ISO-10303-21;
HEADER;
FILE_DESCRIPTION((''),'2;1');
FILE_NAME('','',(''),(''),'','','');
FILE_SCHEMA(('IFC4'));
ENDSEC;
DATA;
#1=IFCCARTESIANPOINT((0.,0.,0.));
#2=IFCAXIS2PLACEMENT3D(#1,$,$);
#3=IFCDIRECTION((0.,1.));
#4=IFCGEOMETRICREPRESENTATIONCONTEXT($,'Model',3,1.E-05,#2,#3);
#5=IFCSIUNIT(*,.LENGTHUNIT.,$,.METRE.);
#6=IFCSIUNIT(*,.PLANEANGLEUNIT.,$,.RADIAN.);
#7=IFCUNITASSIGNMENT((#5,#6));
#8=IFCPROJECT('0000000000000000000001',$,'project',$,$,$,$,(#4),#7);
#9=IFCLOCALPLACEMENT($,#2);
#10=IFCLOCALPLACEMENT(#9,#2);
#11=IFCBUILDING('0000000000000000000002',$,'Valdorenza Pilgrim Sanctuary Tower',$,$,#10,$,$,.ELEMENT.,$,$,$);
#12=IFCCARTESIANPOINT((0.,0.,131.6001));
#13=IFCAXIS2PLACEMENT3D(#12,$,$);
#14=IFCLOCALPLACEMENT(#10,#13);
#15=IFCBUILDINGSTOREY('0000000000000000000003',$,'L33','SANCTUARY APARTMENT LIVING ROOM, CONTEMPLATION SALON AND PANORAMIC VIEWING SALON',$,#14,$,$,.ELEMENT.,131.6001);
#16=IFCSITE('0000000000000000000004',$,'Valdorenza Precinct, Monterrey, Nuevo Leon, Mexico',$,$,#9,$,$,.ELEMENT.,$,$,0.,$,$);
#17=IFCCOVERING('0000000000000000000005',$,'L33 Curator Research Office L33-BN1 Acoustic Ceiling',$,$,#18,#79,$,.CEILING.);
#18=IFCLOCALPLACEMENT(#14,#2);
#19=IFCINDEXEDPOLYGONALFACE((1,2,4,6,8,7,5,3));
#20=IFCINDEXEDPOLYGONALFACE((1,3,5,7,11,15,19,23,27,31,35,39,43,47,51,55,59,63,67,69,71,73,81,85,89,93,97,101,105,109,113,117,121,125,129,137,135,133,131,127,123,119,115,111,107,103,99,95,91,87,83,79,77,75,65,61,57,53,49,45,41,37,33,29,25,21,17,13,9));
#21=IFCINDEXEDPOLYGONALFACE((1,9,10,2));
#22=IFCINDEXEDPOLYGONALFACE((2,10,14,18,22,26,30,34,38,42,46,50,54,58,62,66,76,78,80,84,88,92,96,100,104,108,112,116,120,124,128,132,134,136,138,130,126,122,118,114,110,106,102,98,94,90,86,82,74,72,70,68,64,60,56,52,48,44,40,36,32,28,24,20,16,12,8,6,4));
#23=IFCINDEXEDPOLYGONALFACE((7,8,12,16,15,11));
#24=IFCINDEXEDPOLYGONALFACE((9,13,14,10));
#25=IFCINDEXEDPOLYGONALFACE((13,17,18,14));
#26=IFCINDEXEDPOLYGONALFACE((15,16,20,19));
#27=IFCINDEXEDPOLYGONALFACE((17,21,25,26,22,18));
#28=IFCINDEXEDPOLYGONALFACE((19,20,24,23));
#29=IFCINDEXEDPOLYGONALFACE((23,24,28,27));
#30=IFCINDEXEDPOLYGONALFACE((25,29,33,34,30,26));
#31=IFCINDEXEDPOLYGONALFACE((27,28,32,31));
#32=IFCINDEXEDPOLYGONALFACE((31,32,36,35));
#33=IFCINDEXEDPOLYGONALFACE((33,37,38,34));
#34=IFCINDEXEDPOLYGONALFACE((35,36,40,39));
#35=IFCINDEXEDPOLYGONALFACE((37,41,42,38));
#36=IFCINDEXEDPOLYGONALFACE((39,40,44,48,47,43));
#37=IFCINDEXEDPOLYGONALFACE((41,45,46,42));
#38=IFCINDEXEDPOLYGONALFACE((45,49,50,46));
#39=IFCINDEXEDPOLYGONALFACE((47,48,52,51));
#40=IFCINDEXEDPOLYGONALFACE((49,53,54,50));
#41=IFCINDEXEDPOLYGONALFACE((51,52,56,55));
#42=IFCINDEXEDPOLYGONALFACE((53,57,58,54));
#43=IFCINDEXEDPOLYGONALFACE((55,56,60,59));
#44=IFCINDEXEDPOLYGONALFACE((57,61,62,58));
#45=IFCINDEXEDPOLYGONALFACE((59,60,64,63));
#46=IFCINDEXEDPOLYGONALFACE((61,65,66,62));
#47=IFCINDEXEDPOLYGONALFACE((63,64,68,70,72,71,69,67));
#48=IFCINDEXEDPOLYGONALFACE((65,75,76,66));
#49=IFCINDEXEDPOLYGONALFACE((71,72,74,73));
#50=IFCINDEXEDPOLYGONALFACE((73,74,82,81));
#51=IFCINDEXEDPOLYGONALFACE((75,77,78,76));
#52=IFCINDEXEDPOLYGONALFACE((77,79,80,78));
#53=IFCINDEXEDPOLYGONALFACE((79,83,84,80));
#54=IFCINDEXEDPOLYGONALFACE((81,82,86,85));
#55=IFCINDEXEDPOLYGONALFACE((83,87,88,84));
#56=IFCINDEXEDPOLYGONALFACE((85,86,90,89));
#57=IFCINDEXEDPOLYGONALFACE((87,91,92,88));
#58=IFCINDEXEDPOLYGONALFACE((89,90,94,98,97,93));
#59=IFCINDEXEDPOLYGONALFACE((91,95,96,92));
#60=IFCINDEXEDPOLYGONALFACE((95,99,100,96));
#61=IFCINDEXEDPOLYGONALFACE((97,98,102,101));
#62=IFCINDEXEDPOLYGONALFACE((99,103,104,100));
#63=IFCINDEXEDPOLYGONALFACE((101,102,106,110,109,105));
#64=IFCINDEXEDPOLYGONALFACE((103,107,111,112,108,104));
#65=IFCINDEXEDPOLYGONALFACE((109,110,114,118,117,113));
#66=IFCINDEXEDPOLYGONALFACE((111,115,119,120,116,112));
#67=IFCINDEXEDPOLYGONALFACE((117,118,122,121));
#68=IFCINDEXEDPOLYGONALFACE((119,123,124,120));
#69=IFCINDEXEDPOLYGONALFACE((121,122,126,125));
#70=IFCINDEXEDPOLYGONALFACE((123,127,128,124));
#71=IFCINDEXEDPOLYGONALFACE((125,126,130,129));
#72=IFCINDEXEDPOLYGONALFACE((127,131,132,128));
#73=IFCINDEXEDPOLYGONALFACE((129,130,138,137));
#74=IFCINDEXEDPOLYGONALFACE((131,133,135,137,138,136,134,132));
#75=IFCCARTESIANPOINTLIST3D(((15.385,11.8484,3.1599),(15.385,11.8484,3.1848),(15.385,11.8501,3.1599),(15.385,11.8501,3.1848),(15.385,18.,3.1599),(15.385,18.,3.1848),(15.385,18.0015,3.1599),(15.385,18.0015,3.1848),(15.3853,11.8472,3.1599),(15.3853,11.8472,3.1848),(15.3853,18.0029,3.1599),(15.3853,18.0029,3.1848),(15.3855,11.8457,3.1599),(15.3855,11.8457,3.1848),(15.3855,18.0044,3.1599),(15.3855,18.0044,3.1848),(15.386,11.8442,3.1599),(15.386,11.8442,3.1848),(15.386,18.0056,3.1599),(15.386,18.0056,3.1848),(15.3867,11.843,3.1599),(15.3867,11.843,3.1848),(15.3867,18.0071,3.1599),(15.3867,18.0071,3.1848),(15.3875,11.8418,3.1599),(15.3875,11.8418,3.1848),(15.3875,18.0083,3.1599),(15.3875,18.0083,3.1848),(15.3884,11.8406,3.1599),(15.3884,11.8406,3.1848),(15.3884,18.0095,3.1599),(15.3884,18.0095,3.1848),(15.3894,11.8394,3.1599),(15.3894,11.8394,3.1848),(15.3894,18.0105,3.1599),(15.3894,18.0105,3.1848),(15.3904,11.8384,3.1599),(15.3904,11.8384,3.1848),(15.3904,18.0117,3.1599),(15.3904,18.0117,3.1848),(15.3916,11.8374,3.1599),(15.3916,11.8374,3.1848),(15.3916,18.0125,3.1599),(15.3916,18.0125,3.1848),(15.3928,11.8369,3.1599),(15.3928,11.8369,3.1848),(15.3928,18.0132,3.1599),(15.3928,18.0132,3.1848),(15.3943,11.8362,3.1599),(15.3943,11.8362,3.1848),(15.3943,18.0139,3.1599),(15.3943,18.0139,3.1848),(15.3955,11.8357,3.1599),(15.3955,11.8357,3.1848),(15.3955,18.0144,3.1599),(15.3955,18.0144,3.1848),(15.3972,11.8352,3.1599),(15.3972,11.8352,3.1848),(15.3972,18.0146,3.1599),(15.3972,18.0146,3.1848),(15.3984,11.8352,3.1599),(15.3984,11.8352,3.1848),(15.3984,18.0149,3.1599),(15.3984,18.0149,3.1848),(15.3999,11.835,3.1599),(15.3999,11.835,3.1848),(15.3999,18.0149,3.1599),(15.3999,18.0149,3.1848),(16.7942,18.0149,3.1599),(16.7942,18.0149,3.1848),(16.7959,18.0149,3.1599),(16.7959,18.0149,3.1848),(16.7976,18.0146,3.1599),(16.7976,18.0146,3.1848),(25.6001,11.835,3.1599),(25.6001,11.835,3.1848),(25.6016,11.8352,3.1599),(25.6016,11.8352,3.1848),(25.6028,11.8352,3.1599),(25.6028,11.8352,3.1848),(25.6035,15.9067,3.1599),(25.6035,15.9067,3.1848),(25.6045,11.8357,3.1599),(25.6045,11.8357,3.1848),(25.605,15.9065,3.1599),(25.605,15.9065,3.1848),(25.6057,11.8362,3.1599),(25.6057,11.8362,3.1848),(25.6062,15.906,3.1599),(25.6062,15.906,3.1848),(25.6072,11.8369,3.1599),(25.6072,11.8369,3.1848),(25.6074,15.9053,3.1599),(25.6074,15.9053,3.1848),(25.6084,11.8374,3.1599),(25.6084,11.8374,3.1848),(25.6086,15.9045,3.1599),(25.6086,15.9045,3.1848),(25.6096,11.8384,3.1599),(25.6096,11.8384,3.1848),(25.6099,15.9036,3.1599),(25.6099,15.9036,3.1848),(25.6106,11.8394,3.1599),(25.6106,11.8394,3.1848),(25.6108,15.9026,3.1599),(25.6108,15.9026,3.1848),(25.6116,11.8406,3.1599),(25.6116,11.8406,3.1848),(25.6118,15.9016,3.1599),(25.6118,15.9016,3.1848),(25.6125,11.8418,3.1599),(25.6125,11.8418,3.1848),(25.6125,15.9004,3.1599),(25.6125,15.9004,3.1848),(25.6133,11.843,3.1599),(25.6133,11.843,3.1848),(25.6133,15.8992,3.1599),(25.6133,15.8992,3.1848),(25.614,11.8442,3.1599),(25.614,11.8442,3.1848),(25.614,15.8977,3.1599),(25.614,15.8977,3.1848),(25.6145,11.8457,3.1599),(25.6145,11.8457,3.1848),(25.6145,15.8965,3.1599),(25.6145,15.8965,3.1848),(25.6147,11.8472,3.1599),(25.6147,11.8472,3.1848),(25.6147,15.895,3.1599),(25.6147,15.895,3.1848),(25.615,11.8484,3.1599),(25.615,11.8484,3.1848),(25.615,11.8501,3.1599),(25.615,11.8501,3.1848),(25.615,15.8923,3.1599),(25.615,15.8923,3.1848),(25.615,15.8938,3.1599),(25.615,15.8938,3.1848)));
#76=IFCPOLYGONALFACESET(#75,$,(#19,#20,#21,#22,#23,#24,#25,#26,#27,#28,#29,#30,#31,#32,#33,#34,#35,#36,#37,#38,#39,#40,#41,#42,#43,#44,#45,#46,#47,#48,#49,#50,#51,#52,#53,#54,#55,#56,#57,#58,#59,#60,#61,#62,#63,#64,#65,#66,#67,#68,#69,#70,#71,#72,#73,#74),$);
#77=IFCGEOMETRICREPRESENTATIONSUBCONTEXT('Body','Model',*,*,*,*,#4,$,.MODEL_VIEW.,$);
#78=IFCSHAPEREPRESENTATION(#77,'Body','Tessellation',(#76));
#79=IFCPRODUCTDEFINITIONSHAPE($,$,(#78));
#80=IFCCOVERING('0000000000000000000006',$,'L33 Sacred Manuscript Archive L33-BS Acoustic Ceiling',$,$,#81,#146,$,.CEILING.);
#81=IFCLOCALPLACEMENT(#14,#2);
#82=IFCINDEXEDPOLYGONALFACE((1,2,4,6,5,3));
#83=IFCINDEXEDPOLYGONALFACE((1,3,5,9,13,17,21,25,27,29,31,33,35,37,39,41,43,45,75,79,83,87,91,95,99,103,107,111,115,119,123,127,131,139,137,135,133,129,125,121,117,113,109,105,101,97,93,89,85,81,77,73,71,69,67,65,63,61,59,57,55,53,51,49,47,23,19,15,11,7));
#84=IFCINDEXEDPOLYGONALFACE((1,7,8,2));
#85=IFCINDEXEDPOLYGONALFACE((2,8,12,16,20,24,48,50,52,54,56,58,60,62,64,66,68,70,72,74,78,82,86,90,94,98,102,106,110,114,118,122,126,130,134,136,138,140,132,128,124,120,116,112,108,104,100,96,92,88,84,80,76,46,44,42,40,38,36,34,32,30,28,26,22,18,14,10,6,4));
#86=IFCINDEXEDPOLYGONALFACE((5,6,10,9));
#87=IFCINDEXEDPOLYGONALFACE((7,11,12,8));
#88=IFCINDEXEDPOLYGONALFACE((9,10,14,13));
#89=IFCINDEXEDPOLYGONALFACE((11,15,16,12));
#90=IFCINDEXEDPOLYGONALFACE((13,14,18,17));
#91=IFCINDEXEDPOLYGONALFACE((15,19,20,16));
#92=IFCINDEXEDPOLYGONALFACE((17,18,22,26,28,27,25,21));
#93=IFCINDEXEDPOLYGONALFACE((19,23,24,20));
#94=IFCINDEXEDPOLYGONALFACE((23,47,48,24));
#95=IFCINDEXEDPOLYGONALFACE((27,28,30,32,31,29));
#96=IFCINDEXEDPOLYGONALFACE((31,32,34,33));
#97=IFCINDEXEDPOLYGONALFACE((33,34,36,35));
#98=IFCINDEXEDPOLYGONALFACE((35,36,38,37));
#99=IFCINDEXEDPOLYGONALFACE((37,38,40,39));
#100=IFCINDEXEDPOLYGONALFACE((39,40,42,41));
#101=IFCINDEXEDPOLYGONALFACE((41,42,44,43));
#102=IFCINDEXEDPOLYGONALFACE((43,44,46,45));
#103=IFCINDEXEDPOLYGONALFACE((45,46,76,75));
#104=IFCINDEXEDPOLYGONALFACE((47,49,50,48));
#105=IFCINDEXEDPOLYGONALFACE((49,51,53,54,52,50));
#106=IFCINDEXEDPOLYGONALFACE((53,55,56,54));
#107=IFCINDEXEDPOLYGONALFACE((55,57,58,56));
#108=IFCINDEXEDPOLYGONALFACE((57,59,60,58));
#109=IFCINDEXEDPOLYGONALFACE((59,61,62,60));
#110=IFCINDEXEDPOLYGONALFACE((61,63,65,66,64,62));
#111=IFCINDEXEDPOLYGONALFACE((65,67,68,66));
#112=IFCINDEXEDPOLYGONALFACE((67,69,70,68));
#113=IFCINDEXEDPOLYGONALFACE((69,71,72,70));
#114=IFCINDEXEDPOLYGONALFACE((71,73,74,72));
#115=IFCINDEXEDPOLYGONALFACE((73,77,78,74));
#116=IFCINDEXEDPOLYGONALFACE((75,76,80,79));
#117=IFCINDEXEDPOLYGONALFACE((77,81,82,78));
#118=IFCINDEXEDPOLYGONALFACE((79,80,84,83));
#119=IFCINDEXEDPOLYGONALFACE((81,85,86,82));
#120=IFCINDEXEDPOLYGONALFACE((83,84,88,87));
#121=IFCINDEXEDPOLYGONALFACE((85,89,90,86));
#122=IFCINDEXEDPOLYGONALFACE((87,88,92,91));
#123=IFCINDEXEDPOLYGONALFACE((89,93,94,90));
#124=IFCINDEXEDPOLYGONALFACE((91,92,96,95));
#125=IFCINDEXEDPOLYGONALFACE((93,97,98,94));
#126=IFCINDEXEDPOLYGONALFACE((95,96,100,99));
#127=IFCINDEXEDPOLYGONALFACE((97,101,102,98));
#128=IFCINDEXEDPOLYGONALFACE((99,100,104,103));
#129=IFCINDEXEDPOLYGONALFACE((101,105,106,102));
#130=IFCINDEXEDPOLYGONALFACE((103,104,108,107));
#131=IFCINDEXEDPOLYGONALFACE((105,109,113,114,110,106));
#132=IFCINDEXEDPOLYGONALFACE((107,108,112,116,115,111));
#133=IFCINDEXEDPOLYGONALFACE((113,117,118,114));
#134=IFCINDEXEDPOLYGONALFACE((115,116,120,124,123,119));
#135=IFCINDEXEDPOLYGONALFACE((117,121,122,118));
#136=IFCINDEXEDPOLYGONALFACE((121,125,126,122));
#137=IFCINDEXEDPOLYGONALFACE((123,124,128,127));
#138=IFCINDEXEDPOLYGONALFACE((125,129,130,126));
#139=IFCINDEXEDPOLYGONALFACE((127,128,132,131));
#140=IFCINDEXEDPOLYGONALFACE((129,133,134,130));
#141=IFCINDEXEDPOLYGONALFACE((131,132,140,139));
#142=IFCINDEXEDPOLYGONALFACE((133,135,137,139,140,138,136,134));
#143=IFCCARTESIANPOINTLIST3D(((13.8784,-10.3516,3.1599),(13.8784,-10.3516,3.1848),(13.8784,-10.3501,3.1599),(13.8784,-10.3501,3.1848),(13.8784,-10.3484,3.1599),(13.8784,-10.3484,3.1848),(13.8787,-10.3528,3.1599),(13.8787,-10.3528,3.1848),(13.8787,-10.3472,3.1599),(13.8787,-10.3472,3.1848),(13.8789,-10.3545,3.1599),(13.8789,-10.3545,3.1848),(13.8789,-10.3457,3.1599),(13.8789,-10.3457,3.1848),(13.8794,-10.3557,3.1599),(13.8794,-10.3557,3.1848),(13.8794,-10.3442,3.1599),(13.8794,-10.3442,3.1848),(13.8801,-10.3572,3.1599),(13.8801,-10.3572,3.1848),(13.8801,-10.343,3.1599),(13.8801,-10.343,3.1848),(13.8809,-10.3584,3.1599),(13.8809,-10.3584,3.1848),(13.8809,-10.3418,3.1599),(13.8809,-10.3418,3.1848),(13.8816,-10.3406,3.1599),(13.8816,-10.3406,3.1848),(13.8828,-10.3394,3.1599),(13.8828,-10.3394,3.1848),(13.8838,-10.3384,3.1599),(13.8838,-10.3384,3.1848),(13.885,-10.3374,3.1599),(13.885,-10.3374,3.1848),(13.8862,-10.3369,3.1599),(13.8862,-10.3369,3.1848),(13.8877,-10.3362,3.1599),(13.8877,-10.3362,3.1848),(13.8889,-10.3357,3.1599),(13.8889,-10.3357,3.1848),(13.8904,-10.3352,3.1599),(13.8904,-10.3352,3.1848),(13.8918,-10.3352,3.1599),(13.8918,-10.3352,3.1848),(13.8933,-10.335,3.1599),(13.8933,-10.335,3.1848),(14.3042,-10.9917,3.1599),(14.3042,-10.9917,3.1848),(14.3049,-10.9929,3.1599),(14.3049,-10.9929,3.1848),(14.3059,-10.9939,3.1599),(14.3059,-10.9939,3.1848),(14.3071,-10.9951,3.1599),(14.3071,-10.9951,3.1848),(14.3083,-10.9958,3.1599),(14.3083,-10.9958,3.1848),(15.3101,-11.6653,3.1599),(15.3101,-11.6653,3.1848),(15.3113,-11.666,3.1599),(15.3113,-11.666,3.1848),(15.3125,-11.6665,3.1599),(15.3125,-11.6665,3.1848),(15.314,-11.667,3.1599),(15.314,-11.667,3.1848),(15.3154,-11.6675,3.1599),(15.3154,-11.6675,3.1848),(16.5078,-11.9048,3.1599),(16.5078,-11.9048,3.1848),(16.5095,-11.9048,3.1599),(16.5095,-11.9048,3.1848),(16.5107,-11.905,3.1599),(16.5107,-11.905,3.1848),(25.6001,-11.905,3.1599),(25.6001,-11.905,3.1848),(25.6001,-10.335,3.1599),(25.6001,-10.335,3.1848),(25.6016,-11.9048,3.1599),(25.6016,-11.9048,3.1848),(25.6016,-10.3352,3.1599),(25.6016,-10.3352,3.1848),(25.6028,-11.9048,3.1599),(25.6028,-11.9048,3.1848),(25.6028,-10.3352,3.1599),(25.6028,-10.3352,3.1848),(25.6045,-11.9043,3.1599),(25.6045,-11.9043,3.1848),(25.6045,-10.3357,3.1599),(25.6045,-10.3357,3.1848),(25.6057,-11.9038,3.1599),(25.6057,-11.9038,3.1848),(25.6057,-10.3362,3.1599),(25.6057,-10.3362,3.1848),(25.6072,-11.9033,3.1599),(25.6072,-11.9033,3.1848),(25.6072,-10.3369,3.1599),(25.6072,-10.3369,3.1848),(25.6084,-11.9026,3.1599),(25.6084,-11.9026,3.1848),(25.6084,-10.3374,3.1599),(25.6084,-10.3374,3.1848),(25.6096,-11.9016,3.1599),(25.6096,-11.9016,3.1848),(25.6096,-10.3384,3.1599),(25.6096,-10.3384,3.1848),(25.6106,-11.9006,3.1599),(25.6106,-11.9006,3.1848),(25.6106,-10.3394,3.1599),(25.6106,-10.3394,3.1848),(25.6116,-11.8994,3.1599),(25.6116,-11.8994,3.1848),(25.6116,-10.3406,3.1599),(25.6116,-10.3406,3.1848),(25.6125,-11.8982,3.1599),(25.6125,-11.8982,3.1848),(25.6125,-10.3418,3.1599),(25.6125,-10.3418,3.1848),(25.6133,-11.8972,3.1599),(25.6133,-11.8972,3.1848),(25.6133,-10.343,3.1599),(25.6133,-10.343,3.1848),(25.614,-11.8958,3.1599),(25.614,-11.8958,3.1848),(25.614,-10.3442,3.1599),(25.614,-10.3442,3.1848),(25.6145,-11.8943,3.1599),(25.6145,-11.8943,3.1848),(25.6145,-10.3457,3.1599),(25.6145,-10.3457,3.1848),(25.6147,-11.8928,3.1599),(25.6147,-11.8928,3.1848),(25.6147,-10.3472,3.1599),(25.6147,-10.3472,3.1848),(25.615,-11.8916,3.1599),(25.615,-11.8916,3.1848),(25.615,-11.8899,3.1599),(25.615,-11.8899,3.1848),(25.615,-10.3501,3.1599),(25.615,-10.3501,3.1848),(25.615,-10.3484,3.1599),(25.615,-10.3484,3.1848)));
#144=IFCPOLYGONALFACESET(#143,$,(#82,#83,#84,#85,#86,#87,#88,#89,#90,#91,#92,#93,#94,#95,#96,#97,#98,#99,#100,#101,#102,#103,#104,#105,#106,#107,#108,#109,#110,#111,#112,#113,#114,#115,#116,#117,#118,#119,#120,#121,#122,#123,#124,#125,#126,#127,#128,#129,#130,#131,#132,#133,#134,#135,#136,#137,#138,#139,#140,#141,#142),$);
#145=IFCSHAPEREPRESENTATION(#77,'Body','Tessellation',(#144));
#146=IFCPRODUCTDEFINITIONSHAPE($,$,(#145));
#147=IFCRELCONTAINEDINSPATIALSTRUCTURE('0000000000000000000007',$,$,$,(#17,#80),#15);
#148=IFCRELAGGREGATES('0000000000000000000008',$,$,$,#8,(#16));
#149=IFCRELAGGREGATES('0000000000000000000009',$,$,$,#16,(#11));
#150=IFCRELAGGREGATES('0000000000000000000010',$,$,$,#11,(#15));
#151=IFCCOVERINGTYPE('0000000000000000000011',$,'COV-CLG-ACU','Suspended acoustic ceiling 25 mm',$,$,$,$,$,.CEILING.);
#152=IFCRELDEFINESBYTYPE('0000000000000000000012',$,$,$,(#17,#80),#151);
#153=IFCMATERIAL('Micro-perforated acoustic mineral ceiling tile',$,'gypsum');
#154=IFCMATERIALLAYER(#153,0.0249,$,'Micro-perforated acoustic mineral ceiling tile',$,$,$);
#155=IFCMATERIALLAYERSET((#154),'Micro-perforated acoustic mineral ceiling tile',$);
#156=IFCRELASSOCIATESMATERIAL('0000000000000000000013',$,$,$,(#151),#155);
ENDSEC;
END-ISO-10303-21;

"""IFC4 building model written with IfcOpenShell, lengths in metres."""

from ifc_helpers import new_model, si_unit, direction, frame, origin, place, context, subcontext, project, spatial, polyline, outline, extrude, material, layer, layer_set, type_object, element, save


model = new_model("IFC4")

# Units and contexts
model_context = context("Model", 3, precision=1e-05, world=origin(), true_north=direction((0.0, 1.0)))
body_context = subcontext(model_context, "Body", "Model", "MODEL_VIEW")
ifc_project = project(units=[si_unit("LENGTHUNIT", "METRE"), si_unit("PLANEANGLEUNIT", "RADIAN")], contexts=[model_context])

# Site, building, storey
site_placement = place(None, origin())
site = spatial("IfcSite", under=ifc_project, at=site_placement, Name="Valdorenza Precinct, Monterrey, Nuevo Leon, Mexico", CompositionType="ELEMENT", RefElevation=0.0)
building_placement = place(site_placement, origin())
building = spatial("IfcBuilding", under=site, at=building_placement, Name="Valdorenza Pilgrim Sanctuary Tower", CompositionType="ELEMENT")
storey_placement = place(building_placement, frame((0.0, 0.0, 131.6001)))
storey = spatial("IfcBuildingStorey", under=building, at=storey_placement, Name="L33", Description="SANCTUARY APARTMENT LIVING ROOM, CONTEMPLATION SALON AND PANORAMIC VIEWING SALON", CompositionType="ELEMENT", Elevation=131.6001)

# Coverings
ifc_material_1 = material(Name="Micro-perforated acoustic mineral ceiling tile", Category="gypsum")
ifc_layer_1 = layer(ifc_material_1, 0.0249, Name="Micro-perforated acoustic mineral ceiling tile")
ifc_layer_set_1 = layer_set([ifc_layer_1], Name="Micro-perforated acoustic mineral ceiling tile")
covering_type_1 = type_object("IfcCoveringType", Name="COV-CLG-ACU", Description="Suspended acoustic ceiling 25 mm", PredefinedType="CEILING", material=ifc_layer_set_1)
covering_1_placement = place(storey_placement, frame((0.0, 0.0, 3.1599)))
element("IfcCovering", 1, at=covering_1_placement, inside=storey, type_object=covering_type_1, Name="L33 Curator Research Office L33-BN1 Acoustic Ceiling", PredefinedType="CEILING", context=body_context, shape_type="SweptSolid", body=[
    extrude(outline(polyline([(15.3999, 11.835), (15.3984, 11.8352), (15.3972, 11.8352), (15.3955, 11.8357), (15.3943, 11.8362), (15.3928, 11.8369), (15.3916, 11.8374), (15.3904, 11.8384), (15.3894, 11.8394), (15.3884, 11.8406), (15.3875, 11.8418), (15.3867, 11.843), (15.386, 11.8442), (15.3855, 11.8457), (15.3853, 11.8472), (15.385, 11.8484), (15.385, 11.8501), (15.385, 18.0), (15.385, 18.0015), (15.3853, 18.0029), (15.3855, 18.0044), (15.386, 18.0056), (15.3867, 18.0071), (15.3875, 18.0083), (15.3884, 18.0095), (15.3894, 18.0105), (15.3904, 18.0117), (15.3916, 18.0125), (15.3928, 18.0132), (15.3943, 18.0139), (15.3955, 18.0144), (15.3972, 18.0146), (15.3984, 18.0149), (15.3999, 18.0149), (16.7942, 18.0149), (16.7959, 18.0149), (16.7976, 18.0146), (25.6035, 15.9067), (25.605, 15.9065), (25.6062, 15.906), (25.6074, 15.9053), (25.6086, 15.9045), (25.6099, 15.9036), (25.6108, 15.9026), (25.6118, 15.9016), (25.6125, 15.9004), (25.6133, 15.8992), (25.614, 15.8977), (25.6145, 15.8965), (25.6147, 15.895), (25.615, 15.8938), (25.615, 15.8923), (25.615, 11.8501), (25.615, 11.8484), (25.6147, 11.8472), (25.6145, 11.8457), (25.614, 11.8442), (25.6133, 11.843), (25.6125, 11.8418), (25.6116, 11.8406), (25.6106, 11.8394), (25.6096, 11.8384), (25.6084, 11.8374), (25.6072, 11.8369), (25.6057, 11.8362), (25.6045, 11.8357), (25.6028, 11.8352), (25.6016, 11.8352), (25.6001, 11.835), (15.3999, 11.835)])), origin(), (0.0, 0.0, 1.0), 0.0249),
])
covering_2_placement = place(storey_placement, frame((0.0, 0.0, 3.1599)))
element("IfcCovering", 2, at=covering_2_placement, inside=storey, type_object=covering_type_1, Name="L33 Sacred Manuscript Archive L33-BS Acoustic Ceiling", PredefinedType="CEILING", context=body_context, shape_type="SweptSolid", body=[
    extrude(outline(polyline([(25.615, -11.8899), (25.615, -11.8916), (25.6147, -11.8928), (25.6145, -11.8943), (25.614, -11.8958), (25.6133, -11.8972), (25.6125, -11.8982), (25.6116, -11.8994), (25.6106, -11.9006), (25.6096, -11.9016), (25.6084, -11.9026), (25.6072, -11.9033), (25.6057, -11.9038), (25.6045, -11.9043), (25.6028, -11.9048), (25.6016, -11.9048), (25.6001, -11.905), (16.5107, -11.905), (16.5095, -11.9048), (16.5078, -11.9048), (15.3154, -11.6675), (15.314, -11.667), (15.3125, -11.6665), (15.3113, -11.666), (15.3101, -11.6653), (14.3083, -10.9958), (14.3071, -10.9951), (14.3059, -10.9939), (14.3049, -10.9929), (14.3042, -10.9917), (13.8809, -10.3584), (13.8801, -10.3572), (13.8794, -10.3557), (13.8789, -10.3545), (13.8787, -10.3528), (13.8784, -10.3516), (13.8784, -10.3501), (13.8784, -10.3484), (13.8787, -10.3472), (13.8789, -10.3457), (13.8794, -10.3442), (13.8801, -10.343), (13.8809, -10.3418), (13.8816, -10.3406), (13.8828, -10.3394), (13.8838, -10.3384), (13.885, -10.3374), (13.8862, -10.3369), (13.8877, -10.3362), (13.8889, -10.3357), (13.8904, -10.3352), (13.8918, -10.3352), (13.8933, -10.335), (25.6001, -10.335), (25.6016, -10.3352), (25.6028, -10.3352), (25.6045, -10.3357), (25.6057, -10.3362), (25.6072, -10.3369), (25.6084, -10.3374), (25.6096, -10.3384), (25.6106, -10.3394), (25.6116, -10.3406), (25.6125, -10.3418), (25.6133, -10.343), (25.614, -10.3442), (25.6145, -10.3457), (25.6147, -10.3472), (25.615, -10.3484), (25.615, -10.3501), (25.615, -11.8899)])), origin(), (0.0, 0.0, 1.0), 0.0249),
])

save(model, "model.ifc")
